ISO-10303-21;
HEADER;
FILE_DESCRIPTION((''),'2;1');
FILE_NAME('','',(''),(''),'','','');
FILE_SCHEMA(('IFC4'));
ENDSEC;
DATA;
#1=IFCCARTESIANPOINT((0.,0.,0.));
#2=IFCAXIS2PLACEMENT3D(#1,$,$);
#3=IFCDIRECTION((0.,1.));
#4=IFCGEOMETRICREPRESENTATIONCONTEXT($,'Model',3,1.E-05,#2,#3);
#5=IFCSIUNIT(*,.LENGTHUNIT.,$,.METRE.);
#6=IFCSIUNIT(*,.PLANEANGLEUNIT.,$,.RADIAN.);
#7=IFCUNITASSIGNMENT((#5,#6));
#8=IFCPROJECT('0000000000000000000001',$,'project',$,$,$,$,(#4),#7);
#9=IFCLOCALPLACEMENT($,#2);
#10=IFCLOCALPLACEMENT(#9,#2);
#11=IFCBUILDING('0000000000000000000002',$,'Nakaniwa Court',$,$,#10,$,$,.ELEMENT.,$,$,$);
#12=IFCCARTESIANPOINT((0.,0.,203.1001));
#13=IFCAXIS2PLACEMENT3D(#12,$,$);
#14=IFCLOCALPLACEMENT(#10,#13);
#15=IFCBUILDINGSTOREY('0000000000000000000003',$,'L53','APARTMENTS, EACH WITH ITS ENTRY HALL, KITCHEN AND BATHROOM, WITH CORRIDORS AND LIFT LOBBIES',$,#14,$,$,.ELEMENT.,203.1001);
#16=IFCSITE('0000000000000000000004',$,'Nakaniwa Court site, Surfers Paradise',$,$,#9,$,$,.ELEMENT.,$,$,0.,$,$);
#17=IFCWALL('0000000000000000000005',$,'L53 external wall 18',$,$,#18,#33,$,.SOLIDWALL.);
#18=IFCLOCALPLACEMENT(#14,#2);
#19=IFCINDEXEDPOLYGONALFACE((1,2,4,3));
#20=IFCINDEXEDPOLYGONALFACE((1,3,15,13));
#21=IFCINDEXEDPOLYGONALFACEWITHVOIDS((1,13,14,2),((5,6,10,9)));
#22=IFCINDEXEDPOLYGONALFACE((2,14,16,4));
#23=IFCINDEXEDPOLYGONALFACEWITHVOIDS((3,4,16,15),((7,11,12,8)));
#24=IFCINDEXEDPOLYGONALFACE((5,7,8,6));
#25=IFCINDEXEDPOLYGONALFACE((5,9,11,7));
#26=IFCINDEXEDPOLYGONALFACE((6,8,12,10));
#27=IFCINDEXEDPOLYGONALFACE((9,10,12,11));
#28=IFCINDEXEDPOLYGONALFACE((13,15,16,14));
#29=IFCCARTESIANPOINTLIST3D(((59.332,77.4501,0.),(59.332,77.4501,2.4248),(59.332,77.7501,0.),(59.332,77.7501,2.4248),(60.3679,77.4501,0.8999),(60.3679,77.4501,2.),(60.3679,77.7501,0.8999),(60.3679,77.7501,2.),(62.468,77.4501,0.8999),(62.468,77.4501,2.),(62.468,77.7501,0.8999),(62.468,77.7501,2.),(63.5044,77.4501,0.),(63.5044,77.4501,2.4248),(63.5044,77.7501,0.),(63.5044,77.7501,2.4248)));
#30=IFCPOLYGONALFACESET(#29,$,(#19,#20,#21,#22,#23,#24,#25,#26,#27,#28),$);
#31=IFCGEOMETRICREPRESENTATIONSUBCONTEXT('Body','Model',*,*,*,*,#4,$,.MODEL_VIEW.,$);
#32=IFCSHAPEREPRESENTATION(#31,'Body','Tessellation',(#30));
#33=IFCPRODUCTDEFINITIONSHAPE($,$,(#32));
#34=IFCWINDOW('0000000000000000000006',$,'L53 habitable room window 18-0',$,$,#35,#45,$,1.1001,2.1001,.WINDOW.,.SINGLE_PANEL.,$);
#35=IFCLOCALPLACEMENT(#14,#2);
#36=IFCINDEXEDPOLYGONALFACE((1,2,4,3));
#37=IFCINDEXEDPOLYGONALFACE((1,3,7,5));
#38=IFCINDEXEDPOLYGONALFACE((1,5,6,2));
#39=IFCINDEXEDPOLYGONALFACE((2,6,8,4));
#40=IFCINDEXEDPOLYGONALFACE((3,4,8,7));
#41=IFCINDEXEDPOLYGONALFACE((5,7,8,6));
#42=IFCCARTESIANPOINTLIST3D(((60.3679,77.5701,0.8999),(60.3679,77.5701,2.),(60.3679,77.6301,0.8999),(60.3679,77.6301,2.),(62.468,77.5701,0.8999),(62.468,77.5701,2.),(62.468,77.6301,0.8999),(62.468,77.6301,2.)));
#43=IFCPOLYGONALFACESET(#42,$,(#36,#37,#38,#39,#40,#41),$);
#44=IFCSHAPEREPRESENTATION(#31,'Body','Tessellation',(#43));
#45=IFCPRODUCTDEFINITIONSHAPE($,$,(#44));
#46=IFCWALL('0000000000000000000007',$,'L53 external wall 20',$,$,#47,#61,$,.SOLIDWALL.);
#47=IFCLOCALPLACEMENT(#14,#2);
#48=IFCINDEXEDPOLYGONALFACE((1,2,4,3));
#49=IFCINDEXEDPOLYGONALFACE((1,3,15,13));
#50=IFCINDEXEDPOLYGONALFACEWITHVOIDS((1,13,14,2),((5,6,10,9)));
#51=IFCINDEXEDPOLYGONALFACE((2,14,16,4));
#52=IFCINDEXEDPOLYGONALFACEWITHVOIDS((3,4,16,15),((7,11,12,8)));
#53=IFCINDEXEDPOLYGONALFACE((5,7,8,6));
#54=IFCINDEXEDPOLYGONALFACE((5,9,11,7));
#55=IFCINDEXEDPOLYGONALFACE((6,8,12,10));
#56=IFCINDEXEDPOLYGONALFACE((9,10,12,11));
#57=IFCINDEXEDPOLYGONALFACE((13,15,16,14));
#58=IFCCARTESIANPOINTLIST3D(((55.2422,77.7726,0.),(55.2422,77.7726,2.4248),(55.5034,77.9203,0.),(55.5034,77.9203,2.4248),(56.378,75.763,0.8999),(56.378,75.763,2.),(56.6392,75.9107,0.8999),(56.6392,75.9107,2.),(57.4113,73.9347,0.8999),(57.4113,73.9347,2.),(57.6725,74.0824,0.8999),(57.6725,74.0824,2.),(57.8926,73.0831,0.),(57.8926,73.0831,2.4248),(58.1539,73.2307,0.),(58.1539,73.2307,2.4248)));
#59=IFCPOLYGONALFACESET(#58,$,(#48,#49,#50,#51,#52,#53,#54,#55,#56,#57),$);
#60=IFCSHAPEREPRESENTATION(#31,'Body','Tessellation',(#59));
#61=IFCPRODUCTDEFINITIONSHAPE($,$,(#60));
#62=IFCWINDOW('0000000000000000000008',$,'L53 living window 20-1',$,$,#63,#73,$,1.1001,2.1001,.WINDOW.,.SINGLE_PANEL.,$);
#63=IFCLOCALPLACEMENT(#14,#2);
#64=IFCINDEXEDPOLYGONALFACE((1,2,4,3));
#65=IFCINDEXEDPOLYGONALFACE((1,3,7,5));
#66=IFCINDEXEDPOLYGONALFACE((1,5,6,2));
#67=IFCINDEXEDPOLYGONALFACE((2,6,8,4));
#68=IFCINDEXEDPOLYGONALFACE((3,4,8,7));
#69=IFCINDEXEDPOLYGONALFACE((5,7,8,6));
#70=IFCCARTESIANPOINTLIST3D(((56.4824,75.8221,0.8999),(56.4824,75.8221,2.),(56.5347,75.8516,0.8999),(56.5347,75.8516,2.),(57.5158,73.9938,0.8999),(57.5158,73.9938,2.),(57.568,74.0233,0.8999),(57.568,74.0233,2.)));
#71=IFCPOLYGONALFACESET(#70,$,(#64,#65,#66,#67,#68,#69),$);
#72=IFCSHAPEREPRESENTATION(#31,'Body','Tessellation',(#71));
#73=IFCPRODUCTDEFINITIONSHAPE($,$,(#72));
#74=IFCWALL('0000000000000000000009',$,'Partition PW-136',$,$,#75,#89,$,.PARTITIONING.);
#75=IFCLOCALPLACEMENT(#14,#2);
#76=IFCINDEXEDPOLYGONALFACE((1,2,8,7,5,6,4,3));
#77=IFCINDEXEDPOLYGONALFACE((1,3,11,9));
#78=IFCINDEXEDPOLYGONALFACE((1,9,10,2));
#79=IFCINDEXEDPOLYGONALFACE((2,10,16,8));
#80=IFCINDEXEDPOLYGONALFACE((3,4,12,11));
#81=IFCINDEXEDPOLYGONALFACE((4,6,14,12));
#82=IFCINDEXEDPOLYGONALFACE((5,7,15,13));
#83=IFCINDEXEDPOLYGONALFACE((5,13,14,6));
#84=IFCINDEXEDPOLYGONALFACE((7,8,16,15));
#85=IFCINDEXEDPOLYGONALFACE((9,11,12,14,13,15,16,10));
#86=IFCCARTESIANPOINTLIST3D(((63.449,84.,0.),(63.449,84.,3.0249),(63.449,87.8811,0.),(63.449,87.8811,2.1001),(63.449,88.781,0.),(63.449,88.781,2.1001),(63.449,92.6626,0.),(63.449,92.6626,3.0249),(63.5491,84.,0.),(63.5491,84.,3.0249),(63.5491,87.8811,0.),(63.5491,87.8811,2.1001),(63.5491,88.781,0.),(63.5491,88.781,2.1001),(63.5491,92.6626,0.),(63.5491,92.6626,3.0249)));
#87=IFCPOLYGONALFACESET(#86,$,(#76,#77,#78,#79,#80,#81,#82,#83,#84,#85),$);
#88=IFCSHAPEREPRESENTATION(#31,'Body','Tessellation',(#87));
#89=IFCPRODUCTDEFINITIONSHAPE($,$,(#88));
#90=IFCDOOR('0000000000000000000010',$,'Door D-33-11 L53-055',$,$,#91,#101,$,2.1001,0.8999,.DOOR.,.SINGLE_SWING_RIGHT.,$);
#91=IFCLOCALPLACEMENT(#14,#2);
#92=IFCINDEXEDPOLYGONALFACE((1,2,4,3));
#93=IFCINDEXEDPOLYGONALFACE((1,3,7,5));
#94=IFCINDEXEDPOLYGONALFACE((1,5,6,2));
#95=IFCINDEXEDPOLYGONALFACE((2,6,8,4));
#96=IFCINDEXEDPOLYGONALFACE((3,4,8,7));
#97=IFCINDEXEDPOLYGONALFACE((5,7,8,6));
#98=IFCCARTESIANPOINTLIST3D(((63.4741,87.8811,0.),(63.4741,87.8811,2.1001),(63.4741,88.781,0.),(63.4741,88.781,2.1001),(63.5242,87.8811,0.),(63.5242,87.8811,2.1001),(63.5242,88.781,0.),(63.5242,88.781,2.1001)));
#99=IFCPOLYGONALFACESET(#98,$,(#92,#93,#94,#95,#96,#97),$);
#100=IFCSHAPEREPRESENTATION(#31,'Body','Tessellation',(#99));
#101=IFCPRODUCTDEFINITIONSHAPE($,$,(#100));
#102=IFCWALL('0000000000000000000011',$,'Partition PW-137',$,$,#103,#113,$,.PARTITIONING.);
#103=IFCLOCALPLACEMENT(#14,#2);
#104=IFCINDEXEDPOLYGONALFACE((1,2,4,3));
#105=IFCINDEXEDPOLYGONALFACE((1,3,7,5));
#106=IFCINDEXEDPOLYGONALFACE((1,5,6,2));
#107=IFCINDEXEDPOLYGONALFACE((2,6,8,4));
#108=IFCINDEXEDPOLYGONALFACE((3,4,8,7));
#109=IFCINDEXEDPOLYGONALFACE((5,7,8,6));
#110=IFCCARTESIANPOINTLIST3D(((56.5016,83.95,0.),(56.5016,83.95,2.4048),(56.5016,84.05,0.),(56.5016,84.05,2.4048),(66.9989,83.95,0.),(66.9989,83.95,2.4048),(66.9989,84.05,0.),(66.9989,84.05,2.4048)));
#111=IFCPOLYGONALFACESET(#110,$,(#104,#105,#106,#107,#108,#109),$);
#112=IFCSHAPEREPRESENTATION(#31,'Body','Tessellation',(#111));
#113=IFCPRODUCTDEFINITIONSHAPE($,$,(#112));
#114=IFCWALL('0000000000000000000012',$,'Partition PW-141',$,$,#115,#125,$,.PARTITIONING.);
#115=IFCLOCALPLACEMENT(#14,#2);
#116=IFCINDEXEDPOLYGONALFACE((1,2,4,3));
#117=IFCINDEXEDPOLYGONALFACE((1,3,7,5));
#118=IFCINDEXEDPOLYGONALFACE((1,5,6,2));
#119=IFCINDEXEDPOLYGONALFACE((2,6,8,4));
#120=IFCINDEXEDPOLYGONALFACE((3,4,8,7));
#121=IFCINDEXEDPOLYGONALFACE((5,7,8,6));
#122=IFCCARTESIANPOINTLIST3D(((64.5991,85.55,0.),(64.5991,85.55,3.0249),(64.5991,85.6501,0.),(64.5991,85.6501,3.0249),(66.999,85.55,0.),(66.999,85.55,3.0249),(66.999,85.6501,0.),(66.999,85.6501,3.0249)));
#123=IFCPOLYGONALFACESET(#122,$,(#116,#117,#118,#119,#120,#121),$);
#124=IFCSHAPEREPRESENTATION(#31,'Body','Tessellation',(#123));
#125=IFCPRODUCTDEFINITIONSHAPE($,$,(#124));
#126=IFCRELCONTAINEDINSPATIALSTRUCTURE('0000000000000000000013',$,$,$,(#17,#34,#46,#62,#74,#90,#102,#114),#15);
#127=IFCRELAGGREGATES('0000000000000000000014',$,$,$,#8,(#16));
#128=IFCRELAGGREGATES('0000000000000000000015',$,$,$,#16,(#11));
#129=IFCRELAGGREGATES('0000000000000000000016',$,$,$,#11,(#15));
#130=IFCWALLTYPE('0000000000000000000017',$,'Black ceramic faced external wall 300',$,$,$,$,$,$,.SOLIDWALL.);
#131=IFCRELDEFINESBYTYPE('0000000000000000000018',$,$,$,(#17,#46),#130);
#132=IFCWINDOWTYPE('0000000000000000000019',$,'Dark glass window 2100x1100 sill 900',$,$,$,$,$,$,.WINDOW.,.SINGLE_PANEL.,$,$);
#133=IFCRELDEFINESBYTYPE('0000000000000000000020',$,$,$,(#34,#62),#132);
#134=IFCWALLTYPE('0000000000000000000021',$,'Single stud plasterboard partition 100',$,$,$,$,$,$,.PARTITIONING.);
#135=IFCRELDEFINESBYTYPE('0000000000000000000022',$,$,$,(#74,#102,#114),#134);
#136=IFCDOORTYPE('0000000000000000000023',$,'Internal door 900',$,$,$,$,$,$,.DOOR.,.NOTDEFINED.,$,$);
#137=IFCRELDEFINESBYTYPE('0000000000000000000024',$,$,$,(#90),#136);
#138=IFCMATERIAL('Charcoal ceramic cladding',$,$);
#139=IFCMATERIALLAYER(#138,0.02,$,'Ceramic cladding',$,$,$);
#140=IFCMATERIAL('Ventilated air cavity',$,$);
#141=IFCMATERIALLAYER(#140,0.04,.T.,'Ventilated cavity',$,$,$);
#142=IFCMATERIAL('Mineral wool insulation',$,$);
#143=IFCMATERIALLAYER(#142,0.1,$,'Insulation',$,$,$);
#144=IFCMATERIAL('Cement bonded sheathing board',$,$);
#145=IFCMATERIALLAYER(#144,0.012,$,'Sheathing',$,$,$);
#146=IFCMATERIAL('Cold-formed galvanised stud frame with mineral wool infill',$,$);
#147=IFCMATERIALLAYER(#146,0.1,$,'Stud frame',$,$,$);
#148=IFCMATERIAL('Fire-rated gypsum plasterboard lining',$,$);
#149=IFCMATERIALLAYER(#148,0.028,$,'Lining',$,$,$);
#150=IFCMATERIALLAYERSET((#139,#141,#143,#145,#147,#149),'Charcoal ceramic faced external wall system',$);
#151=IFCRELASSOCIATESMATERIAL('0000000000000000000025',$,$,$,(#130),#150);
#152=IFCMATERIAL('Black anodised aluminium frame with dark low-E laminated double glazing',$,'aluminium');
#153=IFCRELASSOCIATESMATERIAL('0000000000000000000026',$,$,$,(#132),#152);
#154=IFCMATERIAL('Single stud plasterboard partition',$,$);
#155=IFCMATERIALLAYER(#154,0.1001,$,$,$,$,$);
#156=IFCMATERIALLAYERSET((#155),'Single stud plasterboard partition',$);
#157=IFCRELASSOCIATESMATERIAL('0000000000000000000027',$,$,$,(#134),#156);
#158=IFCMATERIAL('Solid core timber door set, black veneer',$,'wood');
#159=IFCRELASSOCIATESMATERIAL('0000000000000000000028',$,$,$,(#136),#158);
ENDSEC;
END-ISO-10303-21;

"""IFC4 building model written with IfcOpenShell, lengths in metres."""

from ifc_helpers import new_model, si_unit, direction, frame, frame_2d, origin, place, context, subcontext, project, spatial, rectangle, extrude, material, layer, layer_set, type_object, element, fill, save


model = new_model("IFC4")

# Units and contexts
model_context = context("Model", 3, precision=1e-05, world=origin(), true_north=direction((0.0, 1.0)))
body_context = subcontext(model_context, "Body", "Model", "MODEL_VIEW")
ifc_project = project(units=[si_unit("LENGTHUNIT", "METRE"), si_unit("PLANEANGLEUNIT", "RADIAN")], contexts=[model_context])

# Site, building, storey
site_placement = place(None, origin())
site = spatial("IfcSite", under=ifc_project, at=site_placement, Name="Nakaniwa Court site, Surfers Paradise", CompositionType="ELEMENT", RefElevation=0.0)
building_placement = place(site_placement, origin())
building = spatial("IfcBuilding", under=site, at=building_placement, Name="Nakaniwa Court", CompositionType="ELEMENT")
storey_placement = place(building_placement, frame((0.0, 0.0, 203.1001)))
storey = spatial("IfcBuildingStorey", under=building, at=storey_placement, Name="L53", Description="APARTMENTS, EACH WITH ITS ENTRY HALL, KITCHEN AND BATHROOM, WITH CORRIDORS AND LIFT LOBBIES", CompositionType="ELEMENT", Elevation=203.1001)

# Walls, openings, windows
ifc_material_1 = material(Name="Charcoal ceramic cladding")
ifc_layer_1 = layer(ifc_material_1, 0.02, Name="Ceramic cladding")
ifc_material_2 = material(Name="Ventilated air cavity")
ifc_layer_2 = layer(ifc_material_2, 0.04, ventilated=True, Name="Ventilated cavity")
ifc_material_3 = material(Name="Mineral wool insulation")
ifc_layer_3 = layer(ifc_material_3, 0.1, Name="Insulation")
ifc_material_4 = material(Name="Cement bonded sheathing board")
ifc_layer_4 = layer(ifc_material_4, 0.012, Name="Sheathing")
ifc_material_5 = material(Name="Cold-formed galvanised stud frame with mineral wool infill")
ifc_layer_5 = layer(ifc_material_5, 0.1, Name="Stud frame")
ifc_material_6 = material(Name="Fire-rated gypsum plasterboard lining")
ifc_layer_6 = layer(ifc_material_6, 0.028, Name="Lining")
ifc_layer_set_1 = layer_set([ifc_layer_1, ifc_layer_2, ifc_layer_3, ifc_layer_4, ifc_layer_5, ifc_layer_6], Name="Charcoal ceramic faced external wall system")
wall_type_1 = type_object("IfcWallType", Name="Black ceramic faced external wall 300", PredefinedType="SOLIDWALL", material=ifc_layer_set_1)
ifc_material_7 = material(Name="Black anodised aluminium frame with dark low-E laminated double glazing", Category="aluminium")
window_type_1 = type_object("IfcWindowType", Name="Dark glass window 2100x1100 sill 900", PartitioningType="SINGLE_PANEL", PredefinedType="WINDOW", material=ifc_material_7)
wall_1_placement = place(storey_placement, frame((63.5044, 77.6001, 0.0), z_axis=(0.0, 0.0, 1.0), x_axis=(-1.0, 0.0, 0.0)))
wall_1 = element("IfcWall", 1, at=wall_1_placement, inside=storey, type_object=wall_type_1, Name="L53 external wall 18", PredefinedType="SOLIDWALL", context=body_context, shape_type="SweptSolid", body=[
    extrude(rectangle(XDim=4.1724, YDim=0.3, at=frame_2d((2.0862, 0.0))), origin(), (0.0, 0.0, 1.0), 2.4248),
])
opening_1_placement = place(wall_1_placement, frame((1.0364, 0.0, 0.8999)))
opening_1 = element("IfcOpeningElement", 2, at=opening_1_placement, cuts=wall_1, PredefinedType="OPENING", context=body_context, shape_type="SweptSolid", body=[
    extrude(rectangle(XDim=2.1001, YDim=1.1001, at=frame_2d((1.05, 0.55))), frame((0.0, 0.1599, 0.0), z_axis=(0.0, -1.0, 0.0), x_axis=(1.0, 0.0, 0.0)), (0.0, 0.0, 1.0), 0.3201),
])
window_1_placement = place(opening_1_placement, origin())
window_1 = element("IfcWindow", 3, at=window_1_placement, inside=storey, type_object=window_type_1, Name="L53 habitable room window 18-0", OverallHeight=1.1001, OverallWidth=2.1001, PartitioningType="SINGLE_PANEL", PredefinedType="WINDOW", context=body_context, shape_type="SweptSolid", body=[
    extrude(rectangle(XDim=2.1001, YDim=1.1001, at=frame_2d((1.05, 0.55))), frame((0.0, 0.03, 0.0), z_axis=(0.0, -1.0, 0.0), x_axis=(1.0, 0.0, 0.0)), (0.0, 0.0, 1.0), 0.0601),
])
fill(opening_1, window_1)
wall_2_placement = place(storey_placement, frame((55.3728, 77.8464, 0.0), z_axis=(0.0, 0.0, 1.0), x_axis=(0.492033, -0.870576, 0.0)))
wall_2 = element("IfcWall", 4, at=wall_2_placement, inside=storey, type_object=wall_type_1, Name="L53 external wall 20", PredefinedType="SOLIDWALL", context=body_context, shape_type="SweptSolid", body=[
    extrude(rectangle(XDim=5.3867, YDim=0.3, at=frame_2d((2.6934, 0.0))), origin(), (0.0, 0.0, 1.0), 2.4248),
])
opening_2_placement = place(wall_2_placement, frame((2.3083, 0.0, 0.8999)))
opening_2 = element("IfcOpeningElement", 5, at=opening_2_placement, cuts=wall_2, PredefinedType="OPENING", context=body_context, shape_type="SweptSolid", body=[
    extrude(rectangle(XDim=2.1001, YDim=1.1001, at=frame_2d((1.05, 0.55))), frame((0.0, 0.1599, 0.0), z_axis=(0.0, -1.0, 0.0), x_axis=(1.0, 0.0, 0.0)), (0.0, 0.0, 1.0), 0.3201),
])
window_2_placement = place(opening_2_placement, origin())
window_2 = element("IfcWindow", 6, at=window_2_placement, inside=storey, type_object=window_type_1, Name="L53 living window 20-1", OverallHeight=1.1001, OverallWidth=2.1001, PartitioningType="SINGLE_PANEL", PredefinedType="WINDOW", context=body_context, shape_type="SweptSolid", body=[
    extrude(rectangle(XDim=2.1001, YDim=1.1001, at=frame_2d((1.05, 0.55))), frame((0.0, 0.03, 0.0), z_axis=(0.0, -1.0, 0.0), x_axis=(1.0, 0.0, 0.0)), (0.0, 0.0, 1.0), 0.0601),
])
fill(opening_2, window_2)

# Wall, opening, door
ifc_material_8 = material(Name="Single stud plasterboard partition")
ifc_layer_7 = layer(ifc_material_8, 0.1001)
ifc_layer_set_2 = layer_set([ifc_layer_7], Name="Single stud plasterboard partition")
wall_type_2 = type_object("IfcWallType", Name="Single stud plasterboard partition 100", PredefinedType="PARTITIONING", material=ifc_layer_set_2)
wall_3_placement = place(storey_placement, frame((63.499, 84.0, 0.0), z_axis=(0.0, 0.0, 1.0), x_axis=(0.0, 1.0, 0.0)))
wall_3 = element("IfcWall", 7, at=wall_3_placement, inside=storey, type_object=wall_type_2, Name="Partition PW-136", PredefinedType="PARTITIONING", context=body_context, shape_type="SweptSolid", body=[
    extrude(rectangle(XDim=8.6626, YDim=0.1001, at=frame_2d((4.3313, 0.0))), origin(), (0.0, 0.0, 1.0), 3.0249),
])
opening_3_placement = place(wall_3_placement, frame((3.8811, 0.0, 0.0)))
opening_3 = element("IfcOpeningElement", 8, at=opening_3_placement, cuts=wall_3, PredefinedType="OPENING", context=body_context, shape_type="SweptSolid", body=[
    extrude(rectangle(XDim=0.8999, YDim=2.1001, at=frame_2d((0.45, 1.05))), frame((0.0, 0.0601, 0.0), z_axis=(0.0, -1.0, 0.0), x_axis=(1.0, 0.0, 0.0)), (0.0, 0.0, 1.0), 0.1201),
])
ifc_material_9 = material(Name="Solid core timber door set, black veneer", Category="wood")
door_type = type_object("IfcDoorType", Name="Internal door 900", OperationType="NOTDEFINED", PredefinedType="DOOR", material=ifc_material_9)
door_placement = place(opening_3_placement, origin())
door = element("IfcDoor", 9, at=door_placement, inside=storey, type_object=door_type, Name="Door D-33-11 L53-055", OperationType="SINGLE_SWING_RIGHT", OverallHeight=2.1001, OverallWidth=0.8999, PredefinedType="DOOR", context=body_context, shape_type="SweptSolid", body=[
    extrude(rectangle(XDim=0.8999, YDim=2.1001, at=frame_2d((0.45, 1.05))), frame((0.0, 0.0249, 0.0), z_axis=(0.0, -1.0, 0.0), x_axis=(1.0, 0.0, 0.0)), (0.0, 0.0, 1.0), 0.05),
])
fill(opening_3, door)

# Walls
wall_4_placement = place(storey_placement, frame((56.5017, 84.0, 0.0), z_axis=(0.0, 0.0, 1.0), x_axis=(1.0, 0.0, 0.0)))
element("IfcWall", 10, at=wall_4_placement, inside=storey, type_object=wall_type_2, Name="Partition PW-137", PredefinedType="PARTITIONING", context=body_context, shape_type="SweptSolid", body=[
    extrude(rectangle(XDim=10.4973, YDim=0.1001, at=frame_2d((5.2485, 0.0))), origin(), (0.0, 0.0, 1.0), 2.4048),
])
wall_5_placement = place(storey_placement, frame((64.5991, 85.6001, 0.0), z_axis=(0.0, 0.0, 1.0), x_axis=(1.0, 0.0, 0.0)))
element("IfcWall", 11, at=wall_5_placement, inside=storey, type_object=wall_type_2, Name="Partition PW-141", PredefinedType="PARTITIONING", context=body_context, shape_type="SweptSolid", body=[
    extrude(rectangle(XDim=2.3999, YDim=0.1001, at=frame_2d((1.2, 0.0))), origin(), (0.0, 0.0, 1.0), 3.0249),
])

save(model, "model.ifc")
